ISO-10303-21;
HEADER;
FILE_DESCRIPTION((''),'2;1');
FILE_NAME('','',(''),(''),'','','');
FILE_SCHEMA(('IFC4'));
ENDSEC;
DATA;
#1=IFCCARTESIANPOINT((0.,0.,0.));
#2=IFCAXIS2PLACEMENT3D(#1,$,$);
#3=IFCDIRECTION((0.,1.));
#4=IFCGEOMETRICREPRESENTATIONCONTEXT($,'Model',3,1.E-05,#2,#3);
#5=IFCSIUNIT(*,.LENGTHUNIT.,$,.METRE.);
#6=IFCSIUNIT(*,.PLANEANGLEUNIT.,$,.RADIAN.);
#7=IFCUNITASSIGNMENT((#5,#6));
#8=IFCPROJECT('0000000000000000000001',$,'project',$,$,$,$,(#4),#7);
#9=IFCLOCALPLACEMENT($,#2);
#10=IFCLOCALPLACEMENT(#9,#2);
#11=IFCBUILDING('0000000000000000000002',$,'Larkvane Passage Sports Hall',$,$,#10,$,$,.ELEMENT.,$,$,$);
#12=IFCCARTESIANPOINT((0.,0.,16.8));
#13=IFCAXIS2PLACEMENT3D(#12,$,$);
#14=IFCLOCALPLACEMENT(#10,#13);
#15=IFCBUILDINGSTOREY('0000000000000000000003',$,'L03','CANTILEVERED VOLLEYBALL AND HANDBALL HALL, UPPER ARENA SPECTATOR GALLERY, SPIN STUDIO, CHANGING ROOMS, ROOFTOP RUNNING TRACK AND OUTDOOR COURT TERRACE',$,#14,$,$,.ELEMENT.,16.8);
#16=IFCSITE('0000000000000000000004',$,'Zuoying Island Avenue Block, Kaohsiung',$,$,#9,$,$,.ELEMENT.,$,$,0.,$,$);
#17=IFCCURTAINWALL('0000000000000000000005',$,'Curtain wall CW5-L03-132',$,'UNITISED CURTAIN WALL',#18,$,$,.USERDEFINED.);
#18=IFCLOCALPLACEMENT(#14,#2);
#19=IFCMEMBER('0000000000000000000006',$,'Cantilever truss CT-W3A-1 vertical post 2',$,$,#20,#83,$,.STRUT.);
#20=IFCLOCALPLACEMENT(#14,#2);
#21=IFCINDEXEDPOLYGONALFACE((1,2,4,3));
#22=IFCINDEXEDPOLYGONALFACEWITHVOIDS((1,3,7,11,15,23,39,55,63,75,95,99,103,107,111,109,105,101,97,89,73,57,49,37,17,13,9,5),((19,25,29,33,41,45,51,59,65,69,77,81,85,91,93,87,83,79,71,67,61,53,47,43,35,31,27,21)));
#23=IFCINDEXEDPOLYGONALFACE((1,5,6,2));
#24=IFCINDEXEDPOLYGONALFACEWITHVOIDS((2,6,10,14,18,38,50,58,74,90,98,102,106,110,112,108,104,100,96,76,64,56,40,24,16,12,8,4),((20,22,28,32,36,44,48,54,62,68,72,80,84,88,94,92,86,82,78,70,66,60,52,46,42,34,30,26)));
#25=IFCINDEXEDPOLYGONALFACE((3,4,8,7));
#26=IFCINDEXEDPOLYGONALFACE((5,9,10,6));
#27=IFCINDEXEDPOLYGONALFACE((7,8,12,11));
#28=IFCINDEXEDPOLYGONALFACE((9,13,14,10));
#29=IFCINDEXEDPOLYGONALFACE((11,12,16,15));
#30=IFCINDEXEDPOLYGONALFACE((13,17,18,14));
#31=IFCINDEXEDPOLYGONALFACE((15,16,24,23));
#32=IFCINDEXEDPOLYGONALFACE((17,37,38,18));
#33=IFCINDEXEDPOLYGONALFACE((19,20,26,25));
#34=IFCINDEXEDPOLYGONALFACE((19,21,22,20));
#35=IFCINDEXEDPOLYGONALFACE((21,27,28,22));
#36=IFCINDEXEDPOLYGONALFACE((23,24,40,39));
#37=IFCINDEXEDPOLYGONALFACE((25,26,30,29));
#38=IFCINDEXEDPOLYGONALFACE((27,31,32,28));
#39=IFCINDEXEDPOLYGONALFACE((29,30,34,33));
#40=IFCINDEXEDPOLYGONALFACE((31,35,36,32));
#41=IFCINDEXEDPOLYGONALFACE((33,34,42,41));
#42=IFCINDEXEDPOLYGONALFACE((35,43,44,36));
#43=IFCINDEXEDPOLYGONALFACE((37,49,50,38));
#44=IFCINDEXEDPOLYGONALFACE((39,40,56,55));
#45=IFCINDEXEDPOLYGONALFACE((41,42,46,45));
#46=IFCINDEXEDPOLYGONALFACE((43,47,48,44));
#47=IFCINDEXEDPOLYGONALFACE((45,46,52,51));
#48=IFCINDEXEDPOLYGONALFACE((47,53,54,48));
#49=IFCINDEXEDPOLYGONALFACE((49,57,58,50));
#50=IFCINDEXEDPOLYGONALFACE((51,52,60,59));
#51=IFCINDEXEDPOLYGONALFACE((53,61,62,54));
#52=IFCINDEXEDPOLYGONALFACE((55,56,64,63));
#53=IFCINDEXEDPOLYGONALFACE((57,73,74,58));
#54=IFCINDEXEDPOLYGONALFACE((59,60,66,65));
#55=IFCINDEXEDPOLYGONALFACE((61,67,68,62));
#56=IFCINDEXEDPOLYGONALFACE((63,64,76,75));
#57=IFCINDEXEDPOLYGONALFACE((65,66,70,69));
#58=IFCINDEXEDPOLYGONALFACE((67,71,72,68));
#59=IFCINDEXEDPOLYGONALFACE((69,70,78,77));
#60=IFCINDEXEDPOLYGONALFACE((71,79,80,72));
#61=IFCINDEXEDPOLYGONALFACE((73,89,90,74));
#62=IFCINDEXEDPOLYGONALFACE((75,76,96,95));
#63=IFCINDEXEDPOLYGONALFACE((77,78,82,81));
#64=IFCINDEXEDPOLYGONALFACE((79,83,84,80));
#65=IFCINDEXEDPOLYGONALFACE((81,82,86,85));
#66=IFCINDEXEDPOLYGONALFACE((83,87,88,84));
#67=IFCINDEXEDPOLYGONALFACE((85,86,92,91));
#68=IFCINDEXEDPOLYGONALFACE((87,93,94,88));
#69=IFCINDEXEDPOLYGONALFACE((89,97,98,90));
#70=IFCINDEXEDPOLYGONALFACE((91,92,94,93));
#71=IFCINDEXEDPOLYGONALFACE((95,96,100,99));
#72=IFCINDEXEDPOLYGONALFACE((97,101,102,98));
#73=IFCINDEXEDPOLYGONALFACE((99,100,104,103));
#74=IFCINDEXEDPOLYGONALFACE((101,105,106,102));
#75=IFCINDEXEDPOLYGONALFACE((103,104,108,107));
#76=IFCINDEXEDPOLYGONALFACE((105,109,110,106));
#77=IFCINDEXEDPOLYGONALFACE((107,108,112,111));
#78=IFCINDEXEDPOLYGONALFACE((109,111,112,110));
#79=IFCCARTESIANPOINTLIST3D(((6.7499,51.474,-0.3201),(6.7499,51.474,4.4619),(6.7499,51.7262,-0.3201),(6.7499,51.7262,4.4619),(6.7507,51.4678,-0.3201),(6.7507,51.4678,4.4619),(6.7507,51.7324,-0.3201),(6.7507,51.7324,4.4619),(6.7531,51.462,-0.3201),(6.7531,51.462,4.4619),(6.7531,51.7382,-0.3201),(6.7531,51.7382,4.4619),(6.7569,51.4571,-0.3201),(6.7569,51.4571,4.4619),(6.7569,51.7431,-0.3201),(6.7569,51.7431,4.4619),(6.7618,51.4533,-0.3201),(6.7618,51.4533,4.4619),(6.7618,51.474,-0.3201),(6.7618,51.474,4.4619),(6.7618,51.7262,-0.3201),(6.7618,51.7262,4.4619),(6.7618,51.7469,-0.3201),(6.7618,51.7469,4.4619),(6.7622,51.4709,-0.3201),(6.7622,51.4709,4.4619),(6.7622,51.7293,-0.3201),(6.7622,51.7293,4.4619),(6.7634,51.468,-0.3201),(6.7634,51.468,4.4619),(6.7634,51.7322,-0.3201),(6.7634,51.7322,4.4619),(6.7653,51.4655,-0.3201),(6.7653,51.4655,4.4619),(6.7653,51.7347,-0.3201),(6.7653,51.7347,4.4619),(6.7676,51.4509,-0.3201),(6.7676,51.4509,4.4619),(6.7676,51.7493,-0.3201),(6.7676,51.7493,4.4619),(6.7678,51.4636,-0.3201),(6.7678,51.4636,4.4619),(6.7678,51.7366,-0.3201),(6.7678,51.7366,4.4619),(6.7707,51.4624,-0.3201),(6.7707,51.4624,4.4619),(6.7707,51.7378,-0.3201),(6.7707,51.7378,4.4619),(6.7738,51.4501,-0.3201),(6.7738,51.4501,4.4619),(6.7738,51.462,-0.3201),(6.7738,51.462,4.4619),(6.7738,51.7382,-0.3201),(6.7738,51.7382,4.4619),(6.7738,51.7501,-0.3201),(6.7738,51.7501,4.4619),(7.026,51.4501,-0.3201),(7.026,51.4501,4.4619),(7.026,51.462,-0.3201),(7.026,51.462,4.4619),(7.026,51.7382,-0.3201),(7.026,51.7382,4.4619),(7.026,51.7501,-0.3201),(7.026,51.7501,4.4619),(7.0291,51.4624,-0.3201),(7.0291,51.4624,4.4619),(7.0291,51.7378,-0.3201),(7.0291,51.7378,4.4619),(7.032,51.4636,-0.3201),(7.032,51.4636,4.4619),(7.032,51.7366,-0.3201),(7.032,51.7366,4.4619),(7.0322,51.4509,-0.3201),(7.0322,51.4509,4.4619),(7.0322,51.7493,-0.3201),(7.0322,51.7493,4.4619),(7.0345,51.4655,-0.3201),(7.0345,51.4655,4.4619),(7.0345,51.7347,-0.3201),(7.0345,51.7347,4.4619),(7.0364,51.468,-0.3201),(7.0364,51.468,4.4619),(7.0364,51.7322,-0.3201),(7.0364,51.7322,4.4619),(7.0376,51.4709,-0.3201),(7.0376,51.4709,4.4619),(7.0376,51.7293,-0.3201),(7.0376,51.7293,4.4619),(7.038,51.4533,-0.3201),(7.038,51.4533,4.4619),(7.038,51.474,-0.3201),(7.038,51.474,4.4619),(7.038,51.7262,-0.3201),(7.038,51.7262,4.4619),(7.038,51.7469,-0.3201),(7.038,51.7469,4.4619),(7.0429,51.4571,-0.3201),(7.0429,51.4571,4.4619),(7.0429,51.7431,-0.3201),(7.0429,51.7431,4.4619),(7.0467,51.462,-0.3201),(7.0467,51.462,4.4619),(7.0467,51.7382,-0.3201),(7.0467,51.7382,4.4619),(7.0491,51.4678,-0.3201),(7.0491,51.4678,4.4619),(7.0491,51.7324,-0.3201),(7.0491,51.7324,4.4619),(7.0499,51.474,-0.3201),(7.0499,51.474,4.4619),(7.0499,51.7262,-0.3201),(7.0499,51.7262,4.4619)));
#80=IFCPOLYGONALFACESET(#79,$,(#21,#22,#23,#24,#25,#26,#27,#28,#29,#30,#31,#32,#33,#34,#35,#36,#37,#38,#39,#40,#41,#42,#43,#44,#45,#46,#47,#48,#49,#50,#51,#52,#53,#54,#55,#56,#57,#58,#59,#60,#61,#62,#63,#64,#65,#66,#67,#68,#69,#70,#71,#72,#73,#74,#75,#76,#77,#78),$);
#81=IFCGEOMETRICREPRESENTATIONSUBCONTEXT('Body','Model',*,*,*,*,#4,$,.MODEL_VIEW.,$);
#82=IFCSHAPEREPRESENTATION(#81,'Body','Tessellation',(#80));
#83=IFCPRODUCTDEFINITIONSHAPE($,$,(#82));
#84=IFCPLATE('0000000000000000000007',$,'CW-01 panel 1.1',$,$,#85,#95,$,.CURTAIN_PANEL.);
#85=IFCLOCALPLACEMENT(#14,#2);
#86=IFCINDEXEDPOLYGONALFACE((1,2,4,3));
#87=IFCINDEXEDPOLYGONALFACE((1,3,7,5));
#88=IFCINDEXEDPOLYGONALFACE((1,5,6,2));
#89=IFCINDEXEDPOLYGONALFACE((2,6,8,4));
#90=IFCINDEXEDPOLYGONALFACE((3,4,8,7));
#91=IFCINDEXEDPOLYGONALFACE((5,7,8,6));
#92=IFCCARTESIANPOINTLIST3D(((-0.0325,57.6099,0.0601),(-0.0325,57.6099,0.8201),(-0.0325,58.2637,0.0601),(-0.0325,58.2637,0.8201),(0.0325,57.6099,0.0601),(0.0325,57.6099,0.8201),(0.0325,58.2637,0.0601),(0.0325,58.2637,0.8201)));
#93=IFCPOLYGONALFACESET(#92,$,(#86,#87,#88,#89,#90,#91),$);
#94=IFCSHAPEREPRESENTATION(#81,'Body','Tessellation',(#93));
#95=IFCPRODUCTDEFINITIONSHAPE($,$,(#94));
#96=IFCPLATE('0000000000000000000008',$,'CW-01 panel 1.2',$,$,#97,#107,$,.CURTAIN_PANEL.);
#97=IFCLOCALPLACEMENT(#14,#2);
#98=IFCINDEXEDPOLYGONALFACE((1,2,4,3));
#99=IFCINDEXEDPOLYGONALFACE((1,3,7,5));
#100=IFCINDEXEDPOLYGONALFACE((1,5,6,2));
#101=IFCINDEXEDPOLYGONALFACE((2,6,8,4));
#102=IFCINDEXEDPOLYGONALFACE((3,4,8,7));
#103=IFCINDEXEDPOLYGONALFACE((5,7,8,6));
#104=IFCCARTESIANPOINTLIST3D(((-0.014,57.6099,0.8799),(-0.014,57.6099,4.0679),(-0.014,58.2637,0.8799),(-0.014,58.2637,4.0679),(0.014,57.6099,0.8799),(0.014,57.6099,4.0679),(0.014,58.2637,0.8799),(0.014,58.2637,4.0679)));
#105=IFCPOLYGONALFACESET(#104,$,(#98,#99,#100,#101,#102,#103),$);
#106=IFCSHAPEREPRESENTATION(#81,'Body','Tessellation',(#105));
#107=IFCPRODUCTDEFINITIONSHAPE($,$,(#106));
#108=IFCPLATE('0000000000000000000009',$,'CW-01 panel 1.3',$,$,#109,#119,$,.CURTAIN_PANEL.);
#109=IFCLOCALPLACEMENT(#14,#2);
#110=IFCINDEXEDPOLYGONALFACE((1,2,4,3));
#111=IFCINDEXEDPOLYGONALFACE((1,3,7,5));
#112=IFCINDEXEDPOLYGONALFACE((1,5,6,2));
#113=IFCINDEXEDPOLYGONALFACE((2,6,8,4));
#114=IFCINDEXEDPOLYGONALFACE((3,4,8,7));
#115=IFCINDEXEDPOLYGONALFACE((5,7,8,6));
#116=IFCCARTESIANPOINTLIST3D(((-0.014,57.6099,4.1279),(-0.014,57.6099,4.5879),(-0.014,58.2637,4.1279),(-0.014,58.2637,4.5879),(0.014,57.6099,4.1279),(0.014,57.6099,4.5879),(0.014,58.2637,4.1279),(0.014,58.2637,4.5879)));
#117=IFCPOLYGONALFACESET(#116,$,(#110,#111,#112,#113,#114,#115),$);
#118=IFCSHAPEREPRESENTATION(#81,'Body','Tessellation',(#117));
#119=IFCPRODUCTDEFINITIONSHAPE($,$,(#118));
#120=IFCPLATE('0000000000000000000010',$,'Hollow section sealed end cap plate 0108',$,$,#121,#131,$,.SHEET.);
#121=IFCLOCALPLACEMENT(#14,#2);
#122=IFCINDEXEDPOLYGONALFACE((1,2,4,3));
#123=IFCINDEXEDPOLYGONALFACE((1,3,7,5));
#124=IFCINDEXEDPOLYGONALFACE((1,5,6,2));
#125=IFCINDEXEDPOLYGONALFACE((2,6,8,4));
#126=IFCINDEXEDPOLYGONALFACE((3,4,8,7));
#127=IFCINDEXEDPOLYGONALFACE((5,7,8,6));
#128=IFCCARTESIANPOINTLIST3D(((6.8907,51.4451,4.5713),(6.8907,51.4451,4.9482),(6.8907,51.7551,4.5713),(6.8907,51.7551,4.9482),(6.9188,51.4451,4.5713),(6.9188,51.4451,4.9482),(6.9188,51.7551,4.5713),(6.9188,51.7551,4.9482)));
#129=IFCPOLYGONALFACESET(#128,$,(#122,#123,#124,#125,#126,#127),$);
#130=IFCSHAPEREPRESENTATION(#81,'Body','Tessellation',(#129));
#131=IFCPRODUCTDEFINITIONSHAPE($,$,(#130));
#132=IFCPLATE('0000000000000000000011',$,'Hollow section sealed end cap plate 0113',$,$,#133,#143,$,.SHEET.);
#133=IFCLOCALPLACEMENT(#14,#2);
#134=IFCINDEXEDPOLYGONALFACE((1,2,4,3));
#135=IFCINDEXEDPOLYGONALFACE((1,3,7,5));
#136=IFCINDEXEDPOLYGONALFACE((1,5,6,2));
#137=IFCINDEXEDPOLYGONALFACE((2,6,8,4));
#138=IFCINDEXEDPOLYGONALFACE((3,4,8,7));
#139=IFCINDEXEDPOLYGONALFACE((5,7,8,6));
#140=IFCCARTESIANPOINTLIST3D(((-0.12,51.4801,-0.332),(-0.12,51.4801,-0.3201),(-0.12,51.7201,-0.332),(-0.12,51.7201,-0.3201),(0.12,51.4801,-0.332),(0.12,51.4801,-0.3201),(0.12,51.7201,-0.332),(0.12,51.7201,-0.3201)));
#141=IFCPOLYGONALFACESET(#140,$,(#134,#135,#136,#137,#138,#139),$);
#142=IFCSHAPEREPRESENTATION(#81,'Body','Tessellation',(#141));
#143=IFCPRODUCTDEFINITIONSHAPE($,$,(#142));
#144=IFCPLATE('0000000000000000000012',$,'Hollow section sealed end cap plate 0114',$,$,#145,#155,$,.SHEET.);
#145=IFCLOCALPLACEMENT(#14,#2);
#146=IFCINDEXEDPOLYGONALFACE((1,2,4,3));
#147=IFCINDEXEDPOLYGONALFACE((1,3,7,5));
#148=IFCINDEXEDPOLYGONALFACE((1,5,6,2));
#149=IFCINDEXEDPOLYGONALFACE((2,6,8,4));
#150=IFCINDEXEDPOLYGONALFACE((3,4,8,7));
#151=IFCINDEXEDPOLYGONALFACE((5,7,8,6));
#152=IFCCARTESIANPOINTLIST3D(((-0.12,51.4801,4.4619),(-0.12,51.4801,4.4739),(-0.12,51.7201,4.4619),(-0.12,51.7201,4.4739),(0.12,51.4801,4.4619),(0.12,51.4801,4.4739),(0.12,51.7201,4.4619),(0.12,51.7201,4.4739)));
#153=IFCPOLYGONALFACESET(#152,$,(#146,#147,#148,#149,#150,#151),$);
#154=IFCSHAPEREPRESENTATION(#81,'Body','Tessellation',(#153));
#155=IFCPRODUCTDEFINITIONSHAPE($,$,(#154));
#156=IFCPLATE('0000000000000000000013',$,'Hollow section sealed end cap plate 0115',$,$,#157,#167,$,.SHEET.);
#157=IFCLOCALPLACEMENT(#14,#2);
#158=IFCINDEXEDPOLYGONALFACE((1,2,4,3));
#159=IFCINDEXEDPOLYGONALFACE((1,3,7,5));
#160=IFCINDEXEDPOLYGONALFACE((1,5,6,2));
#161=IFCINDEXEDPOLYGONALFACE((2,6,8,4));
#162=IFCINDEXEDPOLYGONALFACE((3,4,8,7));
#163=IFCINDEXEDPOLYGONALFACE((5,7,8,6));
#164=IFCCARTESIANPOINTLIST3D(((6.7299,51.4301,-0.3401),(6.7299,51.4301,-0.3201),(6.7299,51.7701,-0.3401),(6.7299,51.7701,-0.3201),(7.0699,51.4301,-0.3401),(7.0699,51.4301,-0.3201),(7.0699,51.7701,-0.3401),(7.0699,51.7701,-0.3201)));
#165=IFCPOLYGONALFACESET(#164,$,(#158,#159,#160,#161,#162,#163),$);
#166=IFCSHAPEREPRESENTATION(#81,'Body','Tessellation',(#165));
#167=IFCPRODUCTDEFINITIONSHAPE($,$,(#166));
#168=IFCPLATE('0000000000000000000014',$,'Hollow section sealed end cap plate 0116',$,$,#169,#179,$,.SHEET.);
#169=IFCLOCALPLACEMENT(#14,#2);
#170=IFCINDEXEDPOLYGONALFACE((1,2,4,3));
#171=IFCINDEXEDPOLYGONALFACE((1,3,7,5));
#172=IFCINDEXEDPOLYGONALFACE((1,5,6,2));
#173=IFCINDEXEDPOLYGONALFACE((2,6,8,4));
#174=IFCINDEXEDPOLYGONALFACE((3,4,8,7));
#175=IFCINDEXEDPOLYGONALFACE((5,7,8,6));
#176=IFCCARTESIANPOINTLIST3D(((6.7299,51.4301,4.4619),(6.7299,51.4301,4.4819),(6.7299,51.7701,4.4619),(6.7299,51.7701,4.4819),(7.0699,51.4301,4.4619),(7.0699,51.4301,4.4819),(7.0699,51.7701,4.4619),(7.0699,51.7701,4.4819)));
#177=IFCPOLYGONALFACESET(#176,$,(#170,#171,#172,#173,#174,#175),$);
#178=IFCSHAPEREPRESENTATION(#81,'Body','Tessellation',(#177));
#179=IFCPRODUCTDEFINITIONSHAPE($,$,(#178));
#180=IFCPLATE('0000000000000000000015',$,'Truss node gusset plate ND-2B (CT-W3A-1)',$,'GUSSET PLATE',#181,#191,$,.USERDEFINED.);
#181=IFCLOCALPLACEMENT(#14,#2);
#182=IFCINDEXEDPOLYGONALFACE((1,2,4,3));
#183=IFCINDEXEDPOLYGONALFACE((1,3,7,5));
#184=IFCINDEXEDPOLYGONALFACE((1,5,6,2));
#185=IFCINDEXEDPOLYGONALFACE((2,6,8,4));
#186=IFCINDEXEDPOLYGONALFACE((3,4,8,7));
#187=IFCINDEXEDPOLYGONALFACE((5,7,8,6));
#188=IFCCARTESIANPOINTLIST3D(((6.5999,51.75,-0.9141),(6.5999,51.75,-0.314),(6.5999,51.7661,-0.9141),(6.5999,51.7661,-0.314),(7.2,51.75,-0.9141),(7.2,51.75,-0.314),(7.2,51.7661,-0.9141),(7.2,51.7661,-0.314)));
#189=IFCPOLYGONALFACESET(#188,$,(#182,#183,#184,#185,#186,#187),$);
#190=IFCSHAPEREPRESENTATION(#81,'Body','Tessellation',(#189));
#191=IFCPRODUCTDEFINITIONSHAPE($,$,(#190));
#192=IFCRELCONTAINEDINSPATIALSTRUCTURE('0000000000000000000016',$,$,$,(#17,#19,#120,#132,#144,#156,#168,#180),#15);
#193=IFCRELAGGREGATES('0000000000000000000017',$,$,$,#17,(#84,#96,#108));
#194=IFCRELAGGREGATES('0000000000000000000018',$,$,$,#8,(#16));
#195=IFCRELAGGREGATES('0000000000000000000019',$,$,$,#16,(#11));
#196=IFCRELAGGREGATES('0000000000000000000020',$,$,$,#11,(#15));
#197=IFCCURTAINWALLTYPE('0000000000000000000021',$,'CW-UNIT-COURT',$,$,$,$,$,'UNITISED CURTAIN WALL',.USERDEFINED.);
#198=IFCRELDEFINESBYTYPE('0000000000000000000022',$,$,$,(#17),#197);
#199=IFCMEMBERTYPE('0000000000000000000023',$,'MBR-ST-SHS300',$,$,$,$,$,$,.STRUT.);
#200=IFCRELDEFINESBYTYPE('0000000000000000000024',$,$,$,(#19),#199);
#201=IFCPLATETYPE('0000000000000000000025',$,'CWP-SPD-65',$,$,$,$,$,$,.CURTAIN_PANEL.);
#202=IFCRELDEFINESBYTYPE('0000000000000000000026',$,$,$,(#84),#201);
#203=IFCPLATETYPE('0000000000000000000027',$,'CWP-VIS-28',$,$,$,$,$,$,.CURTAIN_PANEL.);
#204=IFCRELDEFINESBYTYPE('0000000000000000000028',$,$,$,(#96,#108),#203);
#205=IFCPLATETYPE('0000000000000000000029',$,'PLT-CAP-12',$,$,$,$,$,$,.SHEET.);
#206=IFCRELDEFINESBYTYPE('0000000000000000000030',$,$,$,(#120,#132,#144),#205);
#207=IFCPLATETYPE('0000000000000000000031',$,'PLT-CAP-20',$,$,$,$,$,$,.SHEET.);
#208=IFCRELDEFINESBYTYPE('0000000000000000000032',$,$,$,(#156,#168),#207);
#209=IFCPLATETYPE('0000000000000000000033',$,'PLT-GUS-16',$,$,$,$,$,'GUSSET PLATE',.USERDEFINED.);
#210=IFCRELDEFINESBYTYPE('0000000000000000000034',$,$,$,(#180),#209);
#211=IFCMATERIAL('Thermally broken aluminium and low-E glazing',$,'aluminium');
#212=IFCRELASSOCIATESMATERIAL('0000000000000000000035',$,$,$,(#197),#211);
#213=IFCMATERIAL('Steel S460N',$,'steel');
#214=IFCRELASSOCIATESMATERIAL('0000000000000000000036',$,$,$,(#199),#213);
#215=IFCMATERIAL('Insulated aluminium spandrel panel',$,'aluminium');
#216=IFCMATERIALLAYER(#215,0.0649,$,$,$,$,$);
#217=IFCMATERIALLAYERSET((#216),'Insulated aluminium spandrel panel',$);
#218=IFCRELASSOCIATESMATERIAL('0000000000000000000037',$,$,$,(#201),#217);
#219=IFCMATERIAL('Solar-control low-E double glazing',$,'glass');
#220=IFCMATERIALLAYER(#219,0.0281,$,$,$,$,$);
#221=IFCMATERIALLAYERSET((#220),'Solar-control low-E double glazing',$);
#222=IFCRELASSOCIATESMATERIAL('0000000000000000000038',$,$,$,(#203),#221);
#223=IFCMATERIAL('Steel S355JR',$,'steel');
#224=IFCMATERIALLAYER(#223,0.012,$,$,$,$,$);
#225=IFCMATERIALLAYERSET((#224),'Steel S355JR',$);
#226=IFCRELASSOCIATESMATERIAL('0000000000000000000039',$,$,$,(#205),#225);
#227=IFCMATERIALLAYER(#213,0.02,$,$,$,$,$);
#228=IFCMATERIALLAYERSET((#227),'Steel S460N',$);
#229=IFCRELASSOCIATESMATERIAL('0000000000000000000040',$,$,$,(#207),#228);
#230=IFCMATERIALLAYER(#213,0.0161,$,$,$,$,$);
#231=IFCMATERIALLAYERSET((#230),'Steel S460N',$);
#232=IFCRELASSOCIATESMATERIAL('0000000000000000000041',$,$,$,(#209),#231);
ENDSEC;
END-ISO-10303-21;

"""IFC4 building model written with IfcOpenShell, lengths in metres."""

from ifc_helpers import new_model, si_unit, direction, frame, origin, origin_2d, place, context, subcontext, project, spatial, rectangle, hollow_rectangle, extrude, material, layer, layer_set, material_profile, profile_set, type_object, element, aggregate, save


model = new_model("IFC4")

# Units and contexts
model_context = context("Model", 3, precision=1e-05, world=origin(), true_north=direction((0.0, 1.0)))
body_context = subcontext(model_context, "Body", "Model", "MODEL_VIEW")
ifc_project = project(units=[si_unit("LENGTHUNIT", "METRE"), si_unit("PLANEANGLEUNIT", "RADIAN")], contexts=[model_context])

# Site, building, storey
site_placement = place(None, origin())
site = spatial("IfcSite", under=ifc_project, at=site_placement, Name="Zuoying Island Avenue Block, Kaohsiung", CompositionType="ELEMENT", RefElevation=0.0)
building_placement = place(site_placement, origin())
building = spatial("IfcBuilding", under=site, at=building_placement, Name="Larkvane Passage Sports Hall", CompositionType="ELEMENT")
storey_placement = place(building_placement, frame((0.0, 0.0, 16.8)))
storey = spatial("IfcBuildingStorey", under=building, at=storey_placement, Name="L03", Description="CANTILEVERED VOLLEYBALL AND HANDBALL HALL, UPPER ARENA SPECTATOR GALLERY, SPIN STUDIO, CHANGING ROOMS, ROOFTOP RUNNING TRACK AND OUTDOOR COURT TERRACE", CompositionType="ELEMENT", Elevation=16.8)

# Shared definitions
ifc_material_1 = material(Name="Steel S355JR", Category="steel")
ifc_material_2 = material(Name="Steel S460N", Category="steel")

# Curtain wall
ifc_material_3 = material(Name="Thermally broken aluminium and low-E glazing", Category="aluminium")
curtain_wall_type = type_object("IfcCurtainWallType", Name="CW-UNIT-COURT", ElementType="UNITISED CURTAIN WALL", PredefinedType="USERDEFINED", material=ifc_material_3)
curtain_wall_placement = place(storey_placement, origin())
curtain_wall = element("IfcCurtainWall", 1, at=curtain_wall_placement, inside=storey, type_object=curtain_wall_type, Name="Curtain wall CW5-L03-132", ObjectType="UNITISED CURTAIN WALL", PredefinedType="USERDEFINED")

# Member
ifc_material_profile_1 = material_profile(ifc_material_2, hollow_rectangle(XDim=0.3, YDim=0.3, WallThickness=0.012, InnerFilletRadius=0.012, OuterFilletRadius=0.0239, at=origin_2d()), Name="SHS-300x300x12")
ifc_profile_set_1 = profile_set([ifc_material_profile_1], Name="Steel S460N")
member_type_1 = type_object("IfcMemberType", Name="MBR-ST-SHS300", PredefinedType="STRUT", material=ifc_profile_set_1)
member_1_placement = place(storey_placement, frame((6.8999, 51.6001, -0.3201), z_axis=(0.0, 0.0, 1.0), x_axis=(1.0, 0.0, 0.0)))
element("IfcMember", 2, at=member_1_placement, inside=storey, type_object=member_type_1, Name="Cantilever truss CT-W3A-1 vertical post 2", PredefinedType="STRUT", context=body_context, shape_type="SweptSolid", body=[
    extrude(hollow_rectangle(XDim=0.3, YDim=0.3, WallThickness=0.012, InnerFilletRadius=0.012, OuterFilletRadius=0.0239, at=origin_2d()), origin(), (0.0, 0.0, 1.0), 4.782),
])

# Plates
ifc_material_4 = material(Name="Insulated aluminium spandrel panel", Category="aluminium")
ifc_layer_1 = layer(ifc_material_4, 0.0649)
ifc_layer_set_1 = layer_set([ifc_layer_1], Name="Insulated aluminium spandrel panel")
plate_type_1 = type_object("IfcPlateType", Name="CWP-SPD-65", PredefinedType="CURTAIN_PANEL", material=ifc_layer_set_1)
plate_1_placement = place(storey_placement, frame((0.0, 57.9368, 0.0601), z_axis=(0.0, 0.0, 1.0), x_axis=(0.0, 1.0, 0.0)))
plate_1 = element("IfcPlate", 3, at=plate_1_placement, type_object=plate_type_1, Name="CW-01 panel 1.1", PredefinedType="CURTAIN_PANEL", context=body_context, shape_type="SweptSolid", body=[
    extrude(rectangle(XDim=0.6538, YDim=0.0649, at=origin_2d()), origin(), (0.0, 0.0, 1.0), 0.76),
])
ifc_material_5 = material(Name="Solar-control low-E double glazing", Category="glass")
ifc_layer_2 = layer(ifc_material_5, 0.0281)
ifc_layer_set_2 = layer_set([ifc_layer_2], Name="Solar-control low-E double glazing")
plate_type_2 = type_object("IfcPlateType", Name="CWP-VIS-28", PredefinedType="CURTAIN_PANEL", material=ifc_layer_set_2)
plate_2_placement = place(storey_placement, frame((0.0, 57.9368, 0.8799), z_axis=(0.0, 0.0, 1.0), x_axis=(0.0, 1.0, 0.0)))
plate_2 = element("IfcPlate", 4, at=plate_2_placement, type_object=plate_type_2, Name="CW-01 panel 1.2", PredefinedType="CURTAIN_PANEL", context=body_context, shape_type="SweptSolid", body=[
    extrude(rectangle(XDim=0.6538, YDim=0.0281, at=origin_2d()), origin(), (0.0, 0.0, 1.0), 3.188),
])
plate_3_placement = place(storey_placement, frame((0.0, 57.9368, 4.1279), z_axis=(0.0, 0.0, 1.0), x_axis=(0.0, 1.0, 0.0)))
plate_3 = element("IfcPlate", 5, at=plate_3_placement, type_object=plate_type_2, Name="CW-01 panel 1.3", PredefinedType="CURTAIN_PANEL", context=body_context, shape_type="SweptSolid", body=[
    extrude(rectangle(XDim=0.6538, YDim=0.0281, at=origin_2d()), origin(), (0.0, 0.0, 1.0), 0.46),
])
aggregate(curtain_wall, [plate_1, plate_2, plate_3])

# Plates
ifc_layer_3 = layer(ifc_material_1, 0.012)
ifc_layer_set_3 = layer_set([ifc_layer_3], Name="Steel S355JR")
plate_type_3 = type_object("IfcPlateType", Name="PLT-CAP-12", PredefinedType="SHEET", material=ifc_layer_set_3)
plate_4_placement = place(storey_placement, frame((6.9048, 51.6001, 4.5713), z_axis=(0.0, 0.0, 1.0), x_axis=(0.0, 1.0, 0.0)))
element("IfcPlate", 6, at=plate_4_placement, inside=storey, type_object=plate_type_3, Name="Hollow section sealed end cap plate 0108", PredefinedType="SHEET", context=body_context, shape_type="SweptSolid", body=[
    extrude(rectangle(XDim=0.3101, YDim=0.0281, at=origin_2d()), origin(), (0.0, 0.0, 1.0), 0.377),
])
for number, where, z_axis, x_axis, name in (
    (7, (0.0, 51.6001, -0.332), (0.0, 0.0, 1.0), (1.0, 0.0, 0.0), "Hollow section sealed end cap plate 0113"),
    (8, (0.0, 51.6001, 4.4619), (0.0, 0.0, 1.0), (1.0, 0.0, 0.0), "Hollow section sealed end cap plate 0114"),
):
    element("IfcPlate", number, at=place(storey_placement, frame(where, z_axis=z_axis, x_axis=x_axis)), inside=storey, type_object=plate_type_3, Name=name, PredefinedType="SHEET", context=body_context, shape_type="SweptSolid", body=[
        extrude(rectangle(XDim=0.24, YDim=0.24, at=origin_2d()), origin(), (0.0, 0.0, 1.0), 0.012),
    ])
ifc_layer_4 = layer(ifc_material_2, 0.02)
ifc_layer_set_4 = layer_set([ifc_layer_4], Name="Steel S460N")
plate_type_4 = type_object("IfcPlateType", Name="PLT-CAP-20", PredefinedType="SHEET", material=ifc_layer_set_4)
for number, where, z_axis, x_axis, name in (
    (9, (6.8999, 51.6001, -0.3401), (0.0, 0.0, 1.0), (1.0, 0.0, 0.0), "Hollow section sealed end cap plate 0115"),
    (10, (6.8999, 51.6001, 4.4619), (0.0, 0.0, 1.0), (1.0, 0.0, 0.0), "Hollow section sealed end cap plate 0116"),
):
    element("IfcPlate", number, at=place(storey_placement, frame(where, z_axis=z_axis, x_axis=x_axis)), inside=storey, type_object=plate_type_4, Name=name, PredefinedType="SHEET", context=body_context, shape_type="SweptSolid", body=[
        extrude(rectangle(XDim=0.3401, YDim=0.3401, at=origin_2d()), origin(), (0.0, 0.0, 1.0), 0.02),
    ])
ifc_layer_5 = layer(ifc_material_2, 0.0161)
ifc_layer_set_5 = layer_set([ifc_layer_5], Name="Steel S460N")
plate_type_5 = type_object("IfcPlateType", Name="PLT-GUS-16", ElementType="GUSSET PLATE", PredefinedType="USERDEFINED", material=ifc_layer_set_5)
for number, where, z_axis, x_axis, name in (
    (11, (6.8999, 51.7581, -0.9141), (0.0, 0.0, 1.0), (1.0, 0.0, 0.0), "Truss node gusset plate ND-2B (CT-W3A-1)"),
):
    element("IfcPlate", number, at=place(storey_placement, frame(where, z_axis=z_axis, x_axis=x_axis)), inside=storey, type_object=plate_type_5, Name=name, ObjectType="GUSSET PLATE", PredefinedType="USERDEFINED", context=body_context, shape_type="SweptSolid", body=[
        extrude(rectangle(XDim=0.6001, YDim=0.0161, at=origin_2d()), origin(), (0.0, 0.0, 1.0), 0.6001),
    ])

save(model, "model.ifc")
